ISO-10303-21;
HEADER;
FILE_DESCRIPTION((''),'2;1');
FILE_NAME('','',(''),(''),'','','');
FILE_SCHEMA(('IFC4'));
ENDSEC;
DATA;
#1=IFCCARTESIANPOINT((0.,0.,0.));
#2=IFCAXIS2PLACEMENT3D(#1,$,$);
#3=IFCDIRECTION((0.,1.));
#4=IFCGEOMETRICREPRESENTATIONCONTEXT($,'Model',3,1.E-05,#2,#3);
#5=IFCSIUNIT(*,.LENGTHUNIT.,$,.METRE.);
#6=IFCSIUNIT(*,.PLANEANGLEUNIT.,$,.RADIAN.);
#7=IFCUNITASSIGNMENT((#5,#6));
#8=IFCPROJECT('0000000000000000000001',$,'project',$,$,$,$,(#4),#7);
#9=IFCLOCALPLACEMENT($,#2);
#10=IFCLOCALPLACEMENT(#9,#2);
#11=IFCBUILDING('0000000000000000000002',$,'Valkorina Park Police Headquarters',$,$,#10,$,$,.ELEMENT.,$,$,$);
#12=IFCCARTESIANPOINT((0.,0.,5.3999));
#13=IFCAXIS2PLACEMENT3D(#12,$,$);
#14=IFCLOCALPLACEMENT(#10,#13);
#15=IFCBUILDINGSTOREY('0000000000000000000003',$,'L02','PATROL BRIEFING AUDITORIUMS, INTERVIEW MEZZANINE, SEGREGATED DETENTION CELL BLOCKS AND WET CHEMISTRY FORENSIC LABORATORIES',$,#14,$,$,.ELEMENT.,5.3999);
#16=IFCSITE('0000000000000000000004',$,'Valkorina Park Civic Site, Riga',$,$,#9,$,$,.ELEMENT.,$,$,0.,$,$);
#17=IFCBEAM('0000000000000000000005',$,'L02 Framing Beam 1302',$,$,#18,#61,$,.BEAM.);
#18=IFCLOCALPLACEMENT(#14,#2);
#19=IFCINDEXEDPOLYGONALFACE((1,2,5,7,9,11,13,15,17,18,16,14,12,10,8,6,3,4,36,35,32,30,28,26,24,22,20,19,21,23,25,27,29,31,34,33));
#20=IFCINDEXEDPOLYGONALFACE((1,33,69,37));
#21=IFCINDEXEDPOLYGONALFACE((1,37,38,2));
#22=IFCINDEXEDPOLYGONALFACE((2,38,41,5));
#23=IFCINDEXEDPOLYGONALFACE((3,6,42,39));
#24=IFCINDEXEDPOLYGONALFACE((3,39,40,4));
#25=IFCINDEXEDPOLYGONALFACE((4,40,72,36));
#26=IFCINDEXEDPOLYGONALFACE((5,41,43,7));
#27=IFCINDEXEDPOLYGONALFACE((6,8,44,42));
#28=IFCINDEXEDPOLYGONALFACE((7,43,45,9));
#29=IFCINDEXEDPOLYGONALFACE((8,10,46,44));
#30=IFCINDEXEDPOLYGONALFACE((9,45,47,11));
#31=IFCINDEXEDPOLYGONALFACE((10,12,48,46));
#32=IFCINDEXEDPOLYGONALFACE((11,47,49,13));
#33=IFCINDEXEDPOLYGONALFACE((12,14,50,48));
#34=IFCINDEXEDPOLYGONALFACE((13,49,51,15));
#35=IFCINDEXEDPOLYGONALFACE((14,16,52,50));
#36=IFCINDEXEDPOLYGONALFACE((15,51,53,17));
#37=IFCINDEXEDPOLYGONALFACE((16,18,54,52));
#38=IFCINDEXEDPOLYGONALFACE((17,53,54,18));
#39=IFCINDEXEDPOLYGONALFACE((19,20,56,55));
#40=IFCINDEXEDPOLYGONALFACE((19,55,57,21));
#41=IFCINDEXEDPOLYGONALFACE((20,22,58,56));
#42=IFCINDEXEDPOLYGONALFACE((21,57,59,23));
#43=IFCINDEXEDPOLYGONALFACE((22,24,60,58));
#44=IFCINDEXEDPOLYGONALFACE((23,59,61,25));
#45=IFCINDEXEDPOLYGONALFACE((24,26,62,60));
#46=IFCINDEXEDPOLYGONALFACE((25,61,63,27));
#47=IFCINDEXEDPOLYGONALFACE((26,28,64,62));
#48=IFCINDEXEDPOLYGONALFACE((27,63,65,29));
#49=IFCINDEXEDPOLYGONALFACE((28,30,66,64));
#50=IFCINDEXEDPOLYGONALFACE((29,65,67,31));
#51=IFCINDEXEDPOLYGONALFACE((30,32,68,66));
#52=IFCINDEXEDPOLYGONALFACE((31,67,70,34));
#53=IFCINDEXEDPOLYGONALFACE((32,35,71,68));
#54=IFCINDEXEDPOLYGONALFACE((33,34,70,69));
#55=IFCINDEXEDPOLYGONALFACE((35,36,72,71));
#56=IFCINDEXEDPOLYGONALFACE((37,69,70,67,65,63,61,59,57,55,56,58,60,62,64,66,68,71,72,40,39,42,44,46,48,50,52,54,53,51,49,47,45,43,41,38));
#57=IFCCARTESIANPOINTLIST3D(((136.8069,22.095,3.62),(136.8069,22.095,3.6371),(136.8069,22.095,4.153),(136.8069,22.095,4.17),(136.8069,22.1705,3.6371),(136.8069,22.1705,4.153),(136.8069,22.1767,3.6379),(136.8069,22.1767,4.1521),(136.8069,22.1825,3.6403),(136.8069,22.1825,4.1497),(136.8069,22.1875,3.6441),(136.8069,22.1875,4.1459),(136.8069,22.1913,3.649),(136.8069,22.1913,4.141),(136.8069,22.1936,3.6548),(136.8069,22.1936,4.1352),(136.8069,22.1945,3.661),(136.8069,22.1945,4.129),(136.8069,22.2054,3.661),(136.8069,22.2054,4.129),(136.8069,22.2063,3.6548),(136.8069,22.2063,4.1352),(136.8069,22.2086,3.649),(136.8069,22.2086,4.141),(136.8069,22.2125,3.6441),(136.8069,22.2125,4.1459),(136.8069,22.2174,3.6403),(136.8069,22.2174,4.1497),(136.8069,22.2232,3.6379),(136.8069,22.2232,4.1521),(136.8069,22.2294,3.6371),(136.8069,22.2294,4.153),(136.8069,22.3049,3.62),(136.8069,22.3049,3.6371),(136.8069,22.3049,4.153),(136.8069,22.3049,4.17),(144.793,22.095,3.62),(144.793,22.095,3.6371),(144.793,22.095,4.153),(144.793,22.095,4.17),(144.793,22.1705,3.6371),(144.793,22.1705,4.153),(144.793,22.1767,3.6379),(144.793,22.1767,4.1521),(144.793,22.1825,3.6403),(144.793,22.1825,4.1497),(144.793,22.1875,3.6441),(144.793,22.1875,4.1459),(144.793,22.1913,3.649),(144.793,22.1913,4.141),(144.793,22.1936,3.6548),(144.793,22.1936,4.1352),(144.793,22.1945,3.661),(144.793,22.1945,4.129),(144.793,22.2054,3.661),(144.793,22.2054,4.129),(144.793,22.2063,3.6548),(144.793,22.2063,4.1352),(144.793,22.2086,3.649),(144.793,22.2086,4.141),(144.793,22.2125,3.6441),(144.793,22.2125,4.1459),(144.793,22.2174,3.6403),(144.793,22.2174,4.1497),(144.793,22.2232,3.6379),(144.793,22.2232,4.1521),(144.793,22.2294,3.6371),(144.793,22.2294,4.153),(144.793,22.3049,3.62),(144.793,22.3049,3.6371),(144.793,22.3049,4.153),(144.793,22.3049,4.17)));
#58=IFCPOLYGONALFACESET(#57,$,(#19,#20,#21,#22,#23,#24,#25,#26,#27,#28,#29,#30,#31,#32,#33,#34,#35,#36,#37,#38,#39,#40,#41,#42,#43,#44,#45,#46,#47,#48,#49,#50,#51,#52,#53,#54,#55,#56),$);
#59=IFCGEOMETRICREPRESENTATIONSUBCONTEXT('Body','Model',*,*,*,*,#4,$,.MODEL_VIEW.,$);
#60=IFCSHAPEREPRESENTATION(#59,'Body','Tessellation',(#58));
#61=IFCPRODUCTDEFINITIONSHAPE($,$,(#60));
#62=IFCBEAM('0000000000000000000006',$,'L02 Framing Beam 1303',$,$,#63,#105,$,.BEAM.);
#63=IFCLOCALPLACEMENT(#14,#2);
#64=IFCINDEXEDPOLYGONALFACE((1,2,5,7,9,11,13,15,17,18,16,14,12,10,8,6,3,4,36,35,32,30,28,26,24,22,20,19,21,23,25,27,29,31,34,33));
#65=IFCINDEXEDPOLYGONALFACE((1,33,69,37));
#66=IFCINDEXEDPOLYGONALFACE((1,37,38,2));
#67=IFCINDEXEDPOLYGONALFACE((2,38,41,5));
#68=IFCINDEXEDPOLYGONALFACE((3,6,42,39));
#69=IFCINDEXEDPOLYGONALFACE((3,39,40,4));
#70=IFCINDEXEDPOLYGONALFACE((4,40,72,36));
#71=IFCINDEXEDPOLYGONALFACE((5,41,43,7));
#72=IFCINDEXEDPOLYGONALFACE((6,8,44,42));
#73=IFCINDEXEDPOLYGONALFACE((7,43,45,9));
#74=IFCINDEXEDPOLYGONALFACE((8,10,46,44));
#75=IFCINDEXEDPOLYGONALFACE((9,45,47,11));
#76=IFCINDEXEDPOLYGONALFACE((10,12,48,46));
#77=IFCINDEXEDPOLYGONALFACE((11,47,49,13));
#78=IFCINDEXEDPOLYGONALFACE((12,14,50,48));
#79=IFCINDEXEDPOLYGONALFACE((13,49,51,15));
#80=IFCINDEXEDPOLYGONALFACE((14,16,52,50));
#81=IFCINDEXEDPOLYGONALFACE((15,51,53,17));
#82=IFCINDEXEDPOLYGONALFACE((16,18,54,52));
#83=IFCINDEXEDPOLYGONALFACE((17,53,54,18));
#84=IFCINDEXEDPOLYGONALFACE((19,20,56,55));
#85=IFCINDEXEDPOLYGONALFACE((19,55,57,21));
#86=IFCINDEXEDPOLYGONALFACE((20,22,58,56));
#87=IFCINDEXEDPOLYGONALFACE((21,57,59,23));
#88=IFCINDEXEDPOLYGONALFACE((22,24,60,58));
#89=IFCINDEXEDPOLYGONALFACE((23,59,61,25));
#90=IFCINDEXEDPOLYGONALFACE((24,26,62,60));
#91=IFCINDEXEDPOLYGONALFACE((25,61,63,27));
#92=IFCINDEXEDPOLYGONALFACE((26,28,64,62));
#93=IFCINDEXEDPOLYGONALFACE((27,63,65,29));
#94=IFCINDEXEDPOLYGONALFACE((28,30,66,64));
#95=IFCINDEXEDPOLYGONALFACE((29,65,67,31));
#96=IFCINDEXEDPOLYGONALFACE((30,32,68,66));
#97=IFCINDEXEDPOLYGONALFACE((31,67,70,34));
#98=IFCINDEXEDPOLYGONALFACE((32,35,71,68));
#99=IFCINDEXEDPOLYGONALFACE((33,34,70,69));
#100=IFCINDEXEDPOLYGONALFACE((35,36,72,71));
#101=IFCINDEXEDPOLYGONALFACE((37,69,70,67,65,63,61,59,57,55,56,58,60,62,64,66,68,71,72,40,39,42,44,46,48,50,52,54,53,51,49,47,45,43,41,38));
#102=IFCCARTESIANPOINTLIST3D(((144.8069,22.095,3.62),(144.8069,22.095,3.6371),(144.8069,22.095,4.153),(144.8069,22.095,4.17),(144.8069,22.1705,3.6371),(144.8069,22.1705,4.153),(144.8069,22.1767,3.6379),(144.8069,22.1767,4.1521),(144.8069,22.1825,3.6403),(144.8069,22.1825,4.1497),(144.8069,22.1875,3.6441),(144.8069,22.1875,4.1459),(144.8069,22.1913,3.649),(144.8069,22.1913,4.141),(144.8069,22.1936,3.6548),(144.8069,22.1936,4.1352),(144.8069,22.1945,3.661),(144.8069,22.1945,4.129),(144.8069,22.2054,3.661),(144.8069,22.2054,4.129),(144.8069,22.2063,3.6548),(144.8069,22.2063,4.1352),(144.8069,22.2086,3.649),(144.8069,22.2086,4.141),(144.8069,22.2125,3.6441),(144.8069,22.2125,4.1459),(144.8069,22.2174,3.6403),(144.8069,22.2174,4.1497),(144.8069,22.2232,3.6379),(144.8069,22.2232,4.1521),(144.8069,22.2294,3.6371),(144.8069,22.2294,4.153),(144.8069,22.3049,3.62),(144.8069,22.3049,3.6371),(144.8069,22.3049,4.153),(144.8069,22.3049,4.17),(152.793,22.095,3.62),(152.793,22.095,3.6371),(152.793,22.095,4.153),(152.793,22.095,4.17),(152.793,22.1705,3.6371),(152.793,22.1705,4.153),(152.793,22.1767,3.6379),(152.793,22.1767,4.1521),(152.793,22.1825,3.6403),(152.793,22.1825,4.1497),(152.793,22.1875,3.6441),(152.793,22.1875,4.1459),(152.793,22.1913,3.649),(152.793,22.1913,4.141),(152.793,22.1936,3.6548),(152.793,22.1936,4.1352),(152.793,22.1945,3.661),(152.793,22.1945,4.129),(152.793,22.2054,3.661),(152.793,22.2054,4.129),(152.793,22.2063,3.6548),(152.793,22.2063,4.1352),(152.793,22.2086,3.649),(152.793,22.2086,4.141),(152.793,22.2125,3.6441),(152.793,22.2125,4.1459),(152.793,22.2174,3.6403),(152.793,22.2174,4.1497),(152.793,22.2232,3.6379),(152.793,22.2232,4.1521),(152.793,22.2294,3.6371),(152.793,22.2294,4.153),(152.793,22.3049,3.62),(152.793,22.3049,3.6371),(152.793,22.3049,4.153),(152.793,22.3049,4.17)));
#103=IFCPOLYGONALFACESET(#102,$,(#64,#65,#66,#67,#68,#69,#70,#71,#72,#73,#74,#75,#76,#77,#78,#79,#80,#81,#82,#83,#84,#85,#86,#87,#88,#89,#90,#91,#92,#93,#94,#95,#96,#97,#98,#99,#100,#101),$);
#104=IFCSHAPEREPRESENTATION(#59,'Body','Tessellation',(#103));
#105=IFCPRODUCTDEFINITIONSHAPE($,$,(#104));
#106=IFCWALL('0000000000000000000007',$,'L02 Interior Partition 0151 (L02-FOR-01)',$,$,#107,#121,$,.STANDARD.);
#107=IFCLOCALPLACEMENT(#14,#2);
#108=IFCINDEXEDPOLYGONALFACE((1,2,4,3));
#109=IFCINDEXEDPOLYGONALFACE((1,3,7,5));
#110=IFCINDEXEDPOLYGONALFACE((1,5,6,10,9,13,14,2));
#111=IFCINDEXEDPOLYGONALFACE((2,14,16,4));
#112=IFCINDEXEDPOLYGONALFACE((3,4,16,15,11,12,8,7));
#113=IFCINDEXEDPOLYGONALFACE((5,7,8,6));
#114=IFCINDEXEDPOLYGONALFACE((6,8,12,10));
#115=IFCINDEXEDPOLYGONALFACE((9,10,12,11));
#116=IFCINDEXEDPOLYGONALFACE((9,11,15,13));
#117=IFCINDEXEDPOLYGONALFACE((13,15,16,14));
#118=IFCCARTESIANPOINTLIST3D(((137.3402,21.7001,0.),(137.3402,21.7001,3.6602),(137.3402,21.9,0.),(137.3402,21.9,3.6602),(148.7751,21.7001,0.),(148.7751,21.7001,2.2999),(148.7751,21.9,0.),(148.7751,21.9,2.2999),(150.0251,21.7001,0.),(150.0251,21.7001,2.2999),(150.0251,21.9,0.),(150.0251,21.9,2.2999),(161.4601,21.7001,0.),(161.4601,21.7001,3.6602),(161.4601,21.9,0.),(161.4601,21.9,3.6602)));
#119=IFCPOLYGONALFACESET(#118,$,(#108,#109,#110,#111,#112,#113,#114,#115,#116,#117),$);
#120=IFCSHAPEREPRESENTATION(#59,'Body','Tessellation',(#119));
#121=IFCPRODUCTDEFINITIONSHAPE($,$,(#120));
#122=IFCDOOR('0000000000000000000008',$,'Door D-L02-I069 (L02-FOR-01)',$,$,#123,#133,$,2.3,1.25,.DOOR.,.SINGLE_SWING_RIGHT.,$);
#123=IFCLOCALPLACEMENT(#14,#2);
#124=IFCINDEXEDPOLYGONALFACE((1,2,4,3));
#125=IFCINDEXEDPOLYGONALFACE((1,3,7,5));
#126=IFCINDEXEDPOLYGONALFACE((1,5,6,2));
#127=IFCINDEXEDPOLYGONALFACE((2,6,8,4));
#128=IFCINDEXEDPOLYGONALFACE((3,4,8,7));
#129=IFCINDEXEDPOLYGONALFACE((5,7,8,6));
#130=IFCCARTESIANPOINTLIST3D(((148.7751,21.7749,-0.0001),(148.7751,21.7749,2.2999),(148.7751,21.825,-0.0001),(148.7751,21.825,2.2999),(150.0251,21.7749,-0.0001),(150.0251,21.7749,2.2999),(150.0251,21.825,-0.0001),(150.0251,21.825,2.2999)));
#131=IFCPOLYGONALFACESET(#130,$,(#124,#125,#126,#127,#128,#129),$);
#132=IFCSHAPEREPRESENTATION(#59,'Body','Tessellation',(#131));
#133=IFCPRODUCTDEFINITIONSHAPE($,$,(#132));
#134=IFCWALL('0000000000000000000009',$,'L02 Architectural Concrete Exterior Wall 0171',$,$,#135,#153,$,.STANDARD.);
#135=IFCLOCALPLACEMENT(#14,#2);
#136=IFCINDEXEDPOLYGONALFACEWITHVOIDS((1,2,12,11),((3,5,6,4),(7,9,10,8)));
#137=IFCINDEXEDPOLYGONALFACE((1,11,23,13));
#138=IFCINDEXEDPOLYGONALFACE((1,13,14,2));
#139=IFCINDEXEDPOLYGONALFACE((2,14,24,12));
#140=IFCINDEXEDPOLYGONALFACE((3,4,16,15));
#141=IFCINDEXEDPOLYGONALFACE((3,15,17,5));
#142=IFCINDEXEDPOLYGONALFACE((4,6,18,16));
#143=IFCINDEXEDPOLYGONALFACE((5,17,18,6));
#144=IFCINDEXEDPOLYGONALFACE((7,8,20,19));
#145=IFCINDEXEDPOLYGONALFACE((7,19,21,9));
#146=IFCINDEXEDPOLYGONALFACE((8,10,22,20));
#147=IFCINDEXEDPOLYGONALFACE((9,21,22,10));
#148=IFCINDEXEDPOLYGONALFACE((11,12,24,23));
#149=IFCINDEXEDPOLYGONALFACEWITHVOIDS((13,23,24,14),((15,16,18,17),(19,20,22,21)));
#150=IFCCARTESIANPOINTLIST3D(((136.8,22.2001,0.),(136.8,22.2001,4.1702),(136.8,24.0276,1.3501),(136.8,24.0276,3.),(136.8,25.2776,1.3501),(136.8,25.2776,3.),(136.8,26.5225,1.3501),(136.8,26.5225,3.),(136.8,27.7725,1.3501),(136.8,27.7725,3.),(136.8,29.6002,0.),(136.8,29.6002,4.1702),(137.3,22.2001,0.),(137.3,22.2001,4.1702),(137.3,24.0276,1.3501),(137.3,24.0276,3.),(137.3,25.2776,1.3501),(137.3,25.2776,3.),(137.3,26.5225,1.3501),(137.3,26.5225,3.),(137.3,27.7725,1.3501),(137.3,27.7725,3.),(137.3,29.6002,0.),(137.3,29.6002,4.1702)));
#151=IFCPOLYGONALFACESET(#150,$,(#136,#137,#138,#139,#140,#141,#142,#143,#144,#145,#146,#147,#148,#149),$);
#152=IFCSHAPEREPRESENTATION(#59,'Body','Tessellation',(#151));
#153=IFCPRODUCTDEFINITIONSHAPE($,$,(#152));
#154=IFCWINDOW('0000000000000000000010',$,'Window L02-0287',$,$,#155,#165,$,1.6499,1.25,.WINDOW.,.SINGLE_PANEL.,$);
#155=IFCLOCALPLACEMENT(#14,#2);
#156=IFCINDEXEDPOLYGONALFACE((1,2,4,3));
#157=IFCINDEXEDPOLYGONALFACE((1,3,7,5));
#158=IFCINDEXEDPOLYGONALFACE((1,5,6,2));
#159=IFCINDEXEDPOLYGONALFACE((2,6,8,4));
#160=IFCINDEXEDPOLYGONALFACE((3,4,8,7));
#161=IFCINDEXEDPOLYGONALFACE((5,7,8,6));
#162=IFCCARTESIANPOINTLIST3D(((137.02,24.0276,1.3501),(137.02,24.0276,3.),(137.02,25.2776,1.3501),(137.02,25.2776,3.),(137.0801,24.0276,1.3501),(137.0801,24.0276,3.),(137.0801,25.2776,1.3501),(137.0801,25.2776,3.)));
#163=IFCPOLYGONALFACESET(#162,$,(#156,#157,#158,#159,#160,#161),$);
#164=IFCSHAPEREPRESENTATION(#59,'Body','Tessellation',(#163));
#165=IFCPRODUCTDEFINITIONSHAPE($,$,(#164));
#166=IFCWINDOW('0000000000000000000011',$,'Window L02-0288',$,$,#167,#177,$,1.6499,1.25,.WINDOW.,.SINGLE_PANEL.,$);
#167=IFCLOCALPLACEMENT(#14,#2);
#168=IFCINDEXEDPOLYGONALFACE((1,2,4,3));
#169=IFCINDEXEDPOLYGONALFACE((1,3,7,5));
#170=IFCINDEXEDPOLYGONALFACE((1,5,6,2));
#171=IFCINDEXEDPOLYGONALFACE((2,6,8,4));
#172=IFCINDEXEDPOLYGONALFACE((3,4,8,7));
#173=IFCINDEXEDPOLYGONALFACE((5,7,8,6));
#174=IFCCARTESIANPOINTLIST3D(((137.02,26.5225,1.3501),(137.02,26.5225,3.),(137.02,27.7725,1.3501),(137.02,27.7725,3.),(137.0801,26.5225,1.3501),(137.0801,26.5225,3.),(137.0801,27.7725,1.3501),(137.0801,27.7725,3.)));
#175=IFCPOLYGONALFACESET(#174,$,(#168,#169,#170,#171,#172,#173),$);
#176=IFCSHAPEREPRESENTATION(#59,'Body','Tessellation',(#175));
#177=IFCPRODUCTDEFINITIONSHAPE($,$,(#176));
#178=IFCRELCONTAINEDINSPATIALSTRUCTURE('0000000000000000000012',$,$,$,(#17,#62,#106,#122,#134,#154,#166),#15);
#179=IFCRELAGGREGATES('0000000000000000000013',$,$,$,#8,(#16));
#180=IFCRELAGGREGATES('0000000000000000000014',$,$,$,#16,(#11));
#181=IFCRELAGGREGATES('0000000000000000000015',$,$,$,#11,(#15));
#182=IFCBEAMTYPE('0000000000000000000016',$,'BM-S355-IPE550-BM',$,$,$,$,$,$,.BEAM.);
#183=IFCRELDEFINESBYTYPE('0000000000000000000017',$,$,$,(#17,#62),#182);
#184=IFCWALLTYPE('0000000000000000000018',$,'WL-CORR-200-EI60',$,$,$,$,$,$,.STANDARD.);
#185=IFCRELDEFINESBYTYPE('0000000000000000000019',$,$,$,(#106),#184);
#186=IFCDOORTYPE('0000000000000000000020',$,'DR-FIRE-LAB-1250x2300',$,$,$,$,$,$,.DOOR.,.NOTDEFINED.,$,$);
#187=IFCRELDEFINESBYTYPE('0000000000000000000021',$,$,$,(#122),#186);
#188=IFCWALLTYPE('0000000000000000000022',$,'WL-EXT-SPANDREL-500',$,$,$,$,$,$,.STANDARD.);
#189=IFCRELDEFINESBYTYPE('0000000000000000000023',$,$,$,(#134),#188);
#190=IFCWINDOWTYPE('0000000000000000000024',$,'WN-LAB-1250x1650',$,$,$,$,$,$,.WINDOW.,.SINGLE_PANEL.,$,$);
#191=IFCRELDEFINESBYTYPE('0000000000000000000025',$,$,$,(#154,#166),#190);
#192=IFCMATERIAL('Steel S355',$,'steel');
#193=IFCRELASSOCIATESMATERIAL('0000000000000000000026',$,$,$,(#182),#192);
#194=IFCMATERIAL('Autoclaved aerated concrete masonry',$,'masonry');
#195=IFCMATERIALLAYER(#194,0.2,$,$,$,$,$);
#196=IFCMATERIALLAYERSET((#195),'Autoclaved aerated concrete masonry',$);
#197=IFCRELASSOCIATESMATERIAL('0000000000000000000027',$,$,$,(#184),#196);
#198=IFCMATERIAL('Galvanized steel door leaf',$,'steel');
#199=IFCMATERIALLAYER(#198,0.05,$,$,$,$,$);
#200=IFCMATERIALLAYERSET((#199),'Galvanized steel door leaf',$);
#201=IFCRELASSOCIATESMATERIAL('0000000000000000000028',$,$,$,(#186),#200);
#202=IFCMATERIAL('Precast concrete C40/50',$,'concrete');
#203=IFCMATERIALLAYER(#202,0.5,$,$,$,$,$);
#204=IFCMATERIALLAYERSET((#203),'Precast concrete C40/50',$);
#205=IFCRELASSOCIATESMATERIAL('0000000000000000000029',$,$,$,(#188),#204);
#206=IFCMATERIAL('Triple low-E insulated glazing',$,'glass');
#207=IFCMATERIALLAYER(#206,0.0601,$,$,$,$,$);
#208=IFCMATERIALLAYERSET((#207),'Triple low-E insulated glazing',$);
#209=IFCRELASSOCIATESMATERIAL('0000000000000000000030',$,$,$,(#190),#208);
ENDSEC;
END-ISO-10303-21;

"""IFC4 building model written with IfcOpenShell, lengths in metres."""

from ifc_helpers import new_model, si_unit, direction, frame, frame_2d, origin, origin_2d, place, context, subcontext, project, spatial, rectangle, i_section, extrude, material, layer, layer_set, material_profile, profile_set, type_object, element, fill, save


model = new_model("IFC4")

# Units and contexts
model_context = context("Model", 3, precision=1e-05, world=origin(), true_north=direction((0.0, 1.0)))
body_context = subcontext(model_context, "Body", "Model", "MODEL_VIEW")
ifc_project = project(units=[si_unit("LENGTHUNIT", "METRE"), si_unit("PLANEANGLEUNIT", "RADIAN")], contexts=[model_context])

# Site, building, storey
site_placement = place(None, origin())
site = spatial("IfcSite", under=ifc_project, at=site_placement, Name="Valkorina Park Civic Site, Riga", CompositionType="ELEMENT", RefElevation=0.0)
building_placement = place(site_placement, origin())
building = spatial("IfcBuilding", under=site, at=building_placement, Name="Valkorina Park Police Headquarters", CompositionType="ELEMENT")
storey_placement = place(building_placement, frame((0.0, 0.0, 5.3999)))
storey = spatial("IfcBuildingStorey", under=building, at=storey_placement, Name="L02", Description="PATROL BRIEFING AUDITORIUMS, INTERVIEW MEZZANINE, SEGREGATED DETENTION CELL BLOCKS AND WET CHEMISTRY FORENSIC LABORATORIES", CompositionType="ELEMENT", Elevation=5.3999)

# Shared definitions
ifc_material_1 = material(Name="Steel S355", Category="steel")

# Beams
ifc_material_profile_1 = material_profile(ifc_material_1, i_section(OverallWidth=0.21, OverallDepth=0.55, WebThickness=0.011, FlangeThickness=0.0171, FilletRadius=0.0239, at=origin_2d()), Name="IPE 550")
ifc_profile_set_1 = profile_set([ifc_material_profile_1], Name="Steel S355")
beam_type_1 = type_object("IfcBeamType", Name="BM-S355-IPE550-BM", PredefinedType="BEAM", material=ifc_profile_set_1)
for number, where, z_axis, x_axis, name in (
    (1, (136.8069, 22.2, 3.895), (1.0, 0.0, 0.0), (0.0, 1.0, 0.0), "L02 Framing Beam 1302"),
    (2, (144.8069, 22.2, 3.895), (1.0, 0.0, 0.0), (0.0, 1.0, 0.0), "L02 Framing Beam 1303"),
):
    element("IfcBeam", number, at=place(storey_placement, frame(where, z_axis=z_axis, x_axis=x_axis)), inside=storey, type_object=beam_type_1, Name=name, PredefinedType="BEAM", context=body_context, shape_type="SweptSolid", body=[
        extrude(i_section(OverallWidth=0.21, OverallDepth=0.55, WebThickness=0.011, FlangeThickness=0.0171, FilletRadius=0.0239, at=origin_2d()), origin(), (0.0, 0.0, 1.0), 7.9861),
    ])

# Wall, opening, door
ifc_material_2 = material(Name="Autoclaved aerated concrete masonry", Category="masonry")
ifc_layer_1 = layer(ifc_material_2, 0.2)
ifc_layer_set_1 = layer_set([ifc_layer_1], Name="Autoclaved aerated concrete masonry")
wall_type_1 = type_object("IfcWallType", Name="WL-CORR-200-EI60", PredefinedType="STANDARD", material=ifc_layer_set_1)
wall_1_placement = place(storey_placement, frame((137.3401, 21.8, 0.0), z_axis=(0.0, 0.0, 1.0), x_axis=(1.0, 0.0, 0.0)))
wall_1 = element("IfcWall", 3, at=wall_1_placement, inside=storey, type_object=wall_type_1, Name="L02 Interior Partition 0151 (L02-FOR-01)", PredefinedType="STANDARD", context=body_context, shape_type="SweptSolid", body=[
    extrude(rectangle(XDim=24.1199, YDim=0.2, at=frame_2d((12.0601, 0.0))), origin(), (0.0, 0.0, 1.0), 3.6602),
])
opening_1_placement = place(wall_1_placement, frame((11.4351, 0.0, 0.0)))
opening_1 = element("IfcOpeningElement", 4, at=opening_1_placement, cuts=wall_1, PredefinedType="OPENING", context=body_context, shape_type="SweptSolid", body=[
    extrude(rectangle(XDim=1.25, YDim=2.3, at=frame_2d((0.625, 1.1499))), frame((0.0, 0.1099, 0.0), z_axis=(0.0, -1.0, 0.0), x_axis=(1.0, 0.0, 0.0)), (0.0, 0.0, 1.0), 0.22),
])
ifc_material_3 = material(Name="Galvanized steel door leaf", Category="steel")
ifc_layer_2 = layer(ifc_material_3, 0.05)
ifc_layer_set_2 = layer_set([ifc_layer_2], Name="Galvanized steel door leaf")
door_type_1 = type_object("IfcDoorType", Name="DR-FIRE-LAB-1250x2300", OperationType="NOTDEFINED", PredefinedType="DOOR", material=ifc_layer_set_2)
door_1_placement = place(opening_1_placement, origin())
door_1 = element("IfcDoor", 5, at=door_1_placement, inside=storey, type_object=door_type_1, Name="Door D-L02-I069 (L02-FOR-01)", OperationType="SINGLE_SWING_RIGHT", OverallHeight=2.3, OverallWidth=1.25, PredefinedType="DOOR", context=body_context, shape_type="SweptSolid", body=[
    extrude(rectangle(XDim=1.25, YDim=2.3, at=frame_2d((0.625, 1.1499))), frame((0.0, 0.0249, 0.0), z_axis=(0.0, -1.0, 0.0), x_axis=(1.0, 0.0, 0.0)), (0.0, 0.0, 1.0), 0.05),
])
fill(opening_1, door_1)

# Wall, openings, windows
ifc_material_4 = material(Name="Precast concrete C40/50", Category="concrete")
ifc_layer_3 = layer(ifc_material_4, 0.5)
ifc_layer_set_3 = layer_set([ifc_layer_3], Name="Precast concrete C40/50")
wall_type_2 = type_object("IfcWallType", Name="WL-EXT-SPANDREL-500", PredefinedType="STANDARD", material=ifc_layer_set_3)
wall_2_placement = place(storey_placement, frame((137.05, 22.2, 0.0), z_axis=(0.0, 0.0, 1.0), x_axis=(0.0, 1.0, 0.0)))
wall_2 = element("IfcWall", 6, at=wall_2_placement, inside=storey, type_object=wall_type_2, Name="L02 Architectural Concrete Exterior Wall 0171", PredefinedType="STANDARD", context=body_context, shape_type="SweptSolid", body=[
    extrude(rectangle(XDim=7.4001, YDim=0.5, at=frame_2d((3.7002, 0.0))), origin(), (0.0, 0.0, 1.0), 4.1702),
])
opening_2_placement = place(wall_2_placement, frame((1.8276, 0.0, 1.3501)))
opening_2 = element("IfcOpeningElement", 7, at=opening_2_placement, cuts=wall_2, PredefinedType="OPENING", context=body_context, shape_type="SweptSolid", body=[
    extrude(rectangle(XDim=1.25, YDim=1.6499, at=frame_2d((0.625, 0.825))), frame((0.0, 0.26, 0.0), z_axis=(0.0, -1.0, 0.0), x_axis=(1.0, 0.0, 0.0)), (0.0, 0.0, 1.0), 0.52),
])
opening_3_placement = place(wall_2_placement, frame((4.3225, 0.0, 1.3501)))
opening_3 = element("IfcOpeningElement", 8, at=opening_3_placement, cuts=wall_2, PredefinedType="OPENING", context=body_context, shape_type="SweptSolid", body=[
    extrude(rectangle(XDim=1.25, YDim=1.6499, at=frame_2d((0.625, 0.825))), frame((0.0, 0.26, 0.0), z_axis=(0.0, -1.0, 0.0), x_axis=(1.0, 0.0, 0.0)), (0.0, 0.0, 1.0), 0.52),
])
ifc_material_5 = material(Name="Triple low-E insulated glazing", Category="glass")
ifc_layer_4 = layer(ifc_material_5, 0.0601)
ifc_layer_set_4 = layer_set([ifc_layer_4], Name="Triple low-E insulated glazing")
window_type = type_object("IfcWindowType", Name="WN-LAB-1250x1650", PartitioningType="SINGLE_PANEL", PredefinedType="WINDOW", material=ifc_layer_set_4)
window_1_placement = place(opening_2_placement, origin())
window_1 = element("IfcWindow", 9, at=window_1_placement, inside=storey, type_object=window_type, Name="Window L02-0287", OverallHeight=1.6499, OverallWidth=1.25, PartitioningType="SINGLE_PANEL", PredefinedType="WINDOW", context=body_context, shape_type="SweptSolid", body=[
    extrude(rectangle(XDim=1.25, YDim=1.6499, at=frame_2d((0.625, 0.825))), frame((0.0, 0.03, 0.0), z_axis=(0.0, -1.0, 0.0), x_axis=(1.0, 0.0, 0.0)), (0.0, 0.0, 1.0), 0.0601),
])
fill(opening_2, window_1)
window_2_placement = place(opening_3_placement, origin())
window_2 = element("IfcWindow", 10, at=window_2_placement, inside=storey, type_object=window_type, Name="Window L02-0288", OverallHeight=1.6499, OverallWidth=1.25, PartitioningType="SINGLE_PANEL", PredefinedType="WINDOW", context=body_context, shape_type="SweptSolid", body=[
    extrude(rectangle(XDim=1.25, YDim=1.6499, at=frame_2d((0.625, 0.825))), frame((0.0, 0.03, 0.0), z_axis=(0.0, -1.0, 0.0), x_axis=(1.0, 0.0, 0.0)), (0.0, 0.0, 1.0), 0.0601),
])
fill(opening_3, window_2)

save(model, "model.ifc")
